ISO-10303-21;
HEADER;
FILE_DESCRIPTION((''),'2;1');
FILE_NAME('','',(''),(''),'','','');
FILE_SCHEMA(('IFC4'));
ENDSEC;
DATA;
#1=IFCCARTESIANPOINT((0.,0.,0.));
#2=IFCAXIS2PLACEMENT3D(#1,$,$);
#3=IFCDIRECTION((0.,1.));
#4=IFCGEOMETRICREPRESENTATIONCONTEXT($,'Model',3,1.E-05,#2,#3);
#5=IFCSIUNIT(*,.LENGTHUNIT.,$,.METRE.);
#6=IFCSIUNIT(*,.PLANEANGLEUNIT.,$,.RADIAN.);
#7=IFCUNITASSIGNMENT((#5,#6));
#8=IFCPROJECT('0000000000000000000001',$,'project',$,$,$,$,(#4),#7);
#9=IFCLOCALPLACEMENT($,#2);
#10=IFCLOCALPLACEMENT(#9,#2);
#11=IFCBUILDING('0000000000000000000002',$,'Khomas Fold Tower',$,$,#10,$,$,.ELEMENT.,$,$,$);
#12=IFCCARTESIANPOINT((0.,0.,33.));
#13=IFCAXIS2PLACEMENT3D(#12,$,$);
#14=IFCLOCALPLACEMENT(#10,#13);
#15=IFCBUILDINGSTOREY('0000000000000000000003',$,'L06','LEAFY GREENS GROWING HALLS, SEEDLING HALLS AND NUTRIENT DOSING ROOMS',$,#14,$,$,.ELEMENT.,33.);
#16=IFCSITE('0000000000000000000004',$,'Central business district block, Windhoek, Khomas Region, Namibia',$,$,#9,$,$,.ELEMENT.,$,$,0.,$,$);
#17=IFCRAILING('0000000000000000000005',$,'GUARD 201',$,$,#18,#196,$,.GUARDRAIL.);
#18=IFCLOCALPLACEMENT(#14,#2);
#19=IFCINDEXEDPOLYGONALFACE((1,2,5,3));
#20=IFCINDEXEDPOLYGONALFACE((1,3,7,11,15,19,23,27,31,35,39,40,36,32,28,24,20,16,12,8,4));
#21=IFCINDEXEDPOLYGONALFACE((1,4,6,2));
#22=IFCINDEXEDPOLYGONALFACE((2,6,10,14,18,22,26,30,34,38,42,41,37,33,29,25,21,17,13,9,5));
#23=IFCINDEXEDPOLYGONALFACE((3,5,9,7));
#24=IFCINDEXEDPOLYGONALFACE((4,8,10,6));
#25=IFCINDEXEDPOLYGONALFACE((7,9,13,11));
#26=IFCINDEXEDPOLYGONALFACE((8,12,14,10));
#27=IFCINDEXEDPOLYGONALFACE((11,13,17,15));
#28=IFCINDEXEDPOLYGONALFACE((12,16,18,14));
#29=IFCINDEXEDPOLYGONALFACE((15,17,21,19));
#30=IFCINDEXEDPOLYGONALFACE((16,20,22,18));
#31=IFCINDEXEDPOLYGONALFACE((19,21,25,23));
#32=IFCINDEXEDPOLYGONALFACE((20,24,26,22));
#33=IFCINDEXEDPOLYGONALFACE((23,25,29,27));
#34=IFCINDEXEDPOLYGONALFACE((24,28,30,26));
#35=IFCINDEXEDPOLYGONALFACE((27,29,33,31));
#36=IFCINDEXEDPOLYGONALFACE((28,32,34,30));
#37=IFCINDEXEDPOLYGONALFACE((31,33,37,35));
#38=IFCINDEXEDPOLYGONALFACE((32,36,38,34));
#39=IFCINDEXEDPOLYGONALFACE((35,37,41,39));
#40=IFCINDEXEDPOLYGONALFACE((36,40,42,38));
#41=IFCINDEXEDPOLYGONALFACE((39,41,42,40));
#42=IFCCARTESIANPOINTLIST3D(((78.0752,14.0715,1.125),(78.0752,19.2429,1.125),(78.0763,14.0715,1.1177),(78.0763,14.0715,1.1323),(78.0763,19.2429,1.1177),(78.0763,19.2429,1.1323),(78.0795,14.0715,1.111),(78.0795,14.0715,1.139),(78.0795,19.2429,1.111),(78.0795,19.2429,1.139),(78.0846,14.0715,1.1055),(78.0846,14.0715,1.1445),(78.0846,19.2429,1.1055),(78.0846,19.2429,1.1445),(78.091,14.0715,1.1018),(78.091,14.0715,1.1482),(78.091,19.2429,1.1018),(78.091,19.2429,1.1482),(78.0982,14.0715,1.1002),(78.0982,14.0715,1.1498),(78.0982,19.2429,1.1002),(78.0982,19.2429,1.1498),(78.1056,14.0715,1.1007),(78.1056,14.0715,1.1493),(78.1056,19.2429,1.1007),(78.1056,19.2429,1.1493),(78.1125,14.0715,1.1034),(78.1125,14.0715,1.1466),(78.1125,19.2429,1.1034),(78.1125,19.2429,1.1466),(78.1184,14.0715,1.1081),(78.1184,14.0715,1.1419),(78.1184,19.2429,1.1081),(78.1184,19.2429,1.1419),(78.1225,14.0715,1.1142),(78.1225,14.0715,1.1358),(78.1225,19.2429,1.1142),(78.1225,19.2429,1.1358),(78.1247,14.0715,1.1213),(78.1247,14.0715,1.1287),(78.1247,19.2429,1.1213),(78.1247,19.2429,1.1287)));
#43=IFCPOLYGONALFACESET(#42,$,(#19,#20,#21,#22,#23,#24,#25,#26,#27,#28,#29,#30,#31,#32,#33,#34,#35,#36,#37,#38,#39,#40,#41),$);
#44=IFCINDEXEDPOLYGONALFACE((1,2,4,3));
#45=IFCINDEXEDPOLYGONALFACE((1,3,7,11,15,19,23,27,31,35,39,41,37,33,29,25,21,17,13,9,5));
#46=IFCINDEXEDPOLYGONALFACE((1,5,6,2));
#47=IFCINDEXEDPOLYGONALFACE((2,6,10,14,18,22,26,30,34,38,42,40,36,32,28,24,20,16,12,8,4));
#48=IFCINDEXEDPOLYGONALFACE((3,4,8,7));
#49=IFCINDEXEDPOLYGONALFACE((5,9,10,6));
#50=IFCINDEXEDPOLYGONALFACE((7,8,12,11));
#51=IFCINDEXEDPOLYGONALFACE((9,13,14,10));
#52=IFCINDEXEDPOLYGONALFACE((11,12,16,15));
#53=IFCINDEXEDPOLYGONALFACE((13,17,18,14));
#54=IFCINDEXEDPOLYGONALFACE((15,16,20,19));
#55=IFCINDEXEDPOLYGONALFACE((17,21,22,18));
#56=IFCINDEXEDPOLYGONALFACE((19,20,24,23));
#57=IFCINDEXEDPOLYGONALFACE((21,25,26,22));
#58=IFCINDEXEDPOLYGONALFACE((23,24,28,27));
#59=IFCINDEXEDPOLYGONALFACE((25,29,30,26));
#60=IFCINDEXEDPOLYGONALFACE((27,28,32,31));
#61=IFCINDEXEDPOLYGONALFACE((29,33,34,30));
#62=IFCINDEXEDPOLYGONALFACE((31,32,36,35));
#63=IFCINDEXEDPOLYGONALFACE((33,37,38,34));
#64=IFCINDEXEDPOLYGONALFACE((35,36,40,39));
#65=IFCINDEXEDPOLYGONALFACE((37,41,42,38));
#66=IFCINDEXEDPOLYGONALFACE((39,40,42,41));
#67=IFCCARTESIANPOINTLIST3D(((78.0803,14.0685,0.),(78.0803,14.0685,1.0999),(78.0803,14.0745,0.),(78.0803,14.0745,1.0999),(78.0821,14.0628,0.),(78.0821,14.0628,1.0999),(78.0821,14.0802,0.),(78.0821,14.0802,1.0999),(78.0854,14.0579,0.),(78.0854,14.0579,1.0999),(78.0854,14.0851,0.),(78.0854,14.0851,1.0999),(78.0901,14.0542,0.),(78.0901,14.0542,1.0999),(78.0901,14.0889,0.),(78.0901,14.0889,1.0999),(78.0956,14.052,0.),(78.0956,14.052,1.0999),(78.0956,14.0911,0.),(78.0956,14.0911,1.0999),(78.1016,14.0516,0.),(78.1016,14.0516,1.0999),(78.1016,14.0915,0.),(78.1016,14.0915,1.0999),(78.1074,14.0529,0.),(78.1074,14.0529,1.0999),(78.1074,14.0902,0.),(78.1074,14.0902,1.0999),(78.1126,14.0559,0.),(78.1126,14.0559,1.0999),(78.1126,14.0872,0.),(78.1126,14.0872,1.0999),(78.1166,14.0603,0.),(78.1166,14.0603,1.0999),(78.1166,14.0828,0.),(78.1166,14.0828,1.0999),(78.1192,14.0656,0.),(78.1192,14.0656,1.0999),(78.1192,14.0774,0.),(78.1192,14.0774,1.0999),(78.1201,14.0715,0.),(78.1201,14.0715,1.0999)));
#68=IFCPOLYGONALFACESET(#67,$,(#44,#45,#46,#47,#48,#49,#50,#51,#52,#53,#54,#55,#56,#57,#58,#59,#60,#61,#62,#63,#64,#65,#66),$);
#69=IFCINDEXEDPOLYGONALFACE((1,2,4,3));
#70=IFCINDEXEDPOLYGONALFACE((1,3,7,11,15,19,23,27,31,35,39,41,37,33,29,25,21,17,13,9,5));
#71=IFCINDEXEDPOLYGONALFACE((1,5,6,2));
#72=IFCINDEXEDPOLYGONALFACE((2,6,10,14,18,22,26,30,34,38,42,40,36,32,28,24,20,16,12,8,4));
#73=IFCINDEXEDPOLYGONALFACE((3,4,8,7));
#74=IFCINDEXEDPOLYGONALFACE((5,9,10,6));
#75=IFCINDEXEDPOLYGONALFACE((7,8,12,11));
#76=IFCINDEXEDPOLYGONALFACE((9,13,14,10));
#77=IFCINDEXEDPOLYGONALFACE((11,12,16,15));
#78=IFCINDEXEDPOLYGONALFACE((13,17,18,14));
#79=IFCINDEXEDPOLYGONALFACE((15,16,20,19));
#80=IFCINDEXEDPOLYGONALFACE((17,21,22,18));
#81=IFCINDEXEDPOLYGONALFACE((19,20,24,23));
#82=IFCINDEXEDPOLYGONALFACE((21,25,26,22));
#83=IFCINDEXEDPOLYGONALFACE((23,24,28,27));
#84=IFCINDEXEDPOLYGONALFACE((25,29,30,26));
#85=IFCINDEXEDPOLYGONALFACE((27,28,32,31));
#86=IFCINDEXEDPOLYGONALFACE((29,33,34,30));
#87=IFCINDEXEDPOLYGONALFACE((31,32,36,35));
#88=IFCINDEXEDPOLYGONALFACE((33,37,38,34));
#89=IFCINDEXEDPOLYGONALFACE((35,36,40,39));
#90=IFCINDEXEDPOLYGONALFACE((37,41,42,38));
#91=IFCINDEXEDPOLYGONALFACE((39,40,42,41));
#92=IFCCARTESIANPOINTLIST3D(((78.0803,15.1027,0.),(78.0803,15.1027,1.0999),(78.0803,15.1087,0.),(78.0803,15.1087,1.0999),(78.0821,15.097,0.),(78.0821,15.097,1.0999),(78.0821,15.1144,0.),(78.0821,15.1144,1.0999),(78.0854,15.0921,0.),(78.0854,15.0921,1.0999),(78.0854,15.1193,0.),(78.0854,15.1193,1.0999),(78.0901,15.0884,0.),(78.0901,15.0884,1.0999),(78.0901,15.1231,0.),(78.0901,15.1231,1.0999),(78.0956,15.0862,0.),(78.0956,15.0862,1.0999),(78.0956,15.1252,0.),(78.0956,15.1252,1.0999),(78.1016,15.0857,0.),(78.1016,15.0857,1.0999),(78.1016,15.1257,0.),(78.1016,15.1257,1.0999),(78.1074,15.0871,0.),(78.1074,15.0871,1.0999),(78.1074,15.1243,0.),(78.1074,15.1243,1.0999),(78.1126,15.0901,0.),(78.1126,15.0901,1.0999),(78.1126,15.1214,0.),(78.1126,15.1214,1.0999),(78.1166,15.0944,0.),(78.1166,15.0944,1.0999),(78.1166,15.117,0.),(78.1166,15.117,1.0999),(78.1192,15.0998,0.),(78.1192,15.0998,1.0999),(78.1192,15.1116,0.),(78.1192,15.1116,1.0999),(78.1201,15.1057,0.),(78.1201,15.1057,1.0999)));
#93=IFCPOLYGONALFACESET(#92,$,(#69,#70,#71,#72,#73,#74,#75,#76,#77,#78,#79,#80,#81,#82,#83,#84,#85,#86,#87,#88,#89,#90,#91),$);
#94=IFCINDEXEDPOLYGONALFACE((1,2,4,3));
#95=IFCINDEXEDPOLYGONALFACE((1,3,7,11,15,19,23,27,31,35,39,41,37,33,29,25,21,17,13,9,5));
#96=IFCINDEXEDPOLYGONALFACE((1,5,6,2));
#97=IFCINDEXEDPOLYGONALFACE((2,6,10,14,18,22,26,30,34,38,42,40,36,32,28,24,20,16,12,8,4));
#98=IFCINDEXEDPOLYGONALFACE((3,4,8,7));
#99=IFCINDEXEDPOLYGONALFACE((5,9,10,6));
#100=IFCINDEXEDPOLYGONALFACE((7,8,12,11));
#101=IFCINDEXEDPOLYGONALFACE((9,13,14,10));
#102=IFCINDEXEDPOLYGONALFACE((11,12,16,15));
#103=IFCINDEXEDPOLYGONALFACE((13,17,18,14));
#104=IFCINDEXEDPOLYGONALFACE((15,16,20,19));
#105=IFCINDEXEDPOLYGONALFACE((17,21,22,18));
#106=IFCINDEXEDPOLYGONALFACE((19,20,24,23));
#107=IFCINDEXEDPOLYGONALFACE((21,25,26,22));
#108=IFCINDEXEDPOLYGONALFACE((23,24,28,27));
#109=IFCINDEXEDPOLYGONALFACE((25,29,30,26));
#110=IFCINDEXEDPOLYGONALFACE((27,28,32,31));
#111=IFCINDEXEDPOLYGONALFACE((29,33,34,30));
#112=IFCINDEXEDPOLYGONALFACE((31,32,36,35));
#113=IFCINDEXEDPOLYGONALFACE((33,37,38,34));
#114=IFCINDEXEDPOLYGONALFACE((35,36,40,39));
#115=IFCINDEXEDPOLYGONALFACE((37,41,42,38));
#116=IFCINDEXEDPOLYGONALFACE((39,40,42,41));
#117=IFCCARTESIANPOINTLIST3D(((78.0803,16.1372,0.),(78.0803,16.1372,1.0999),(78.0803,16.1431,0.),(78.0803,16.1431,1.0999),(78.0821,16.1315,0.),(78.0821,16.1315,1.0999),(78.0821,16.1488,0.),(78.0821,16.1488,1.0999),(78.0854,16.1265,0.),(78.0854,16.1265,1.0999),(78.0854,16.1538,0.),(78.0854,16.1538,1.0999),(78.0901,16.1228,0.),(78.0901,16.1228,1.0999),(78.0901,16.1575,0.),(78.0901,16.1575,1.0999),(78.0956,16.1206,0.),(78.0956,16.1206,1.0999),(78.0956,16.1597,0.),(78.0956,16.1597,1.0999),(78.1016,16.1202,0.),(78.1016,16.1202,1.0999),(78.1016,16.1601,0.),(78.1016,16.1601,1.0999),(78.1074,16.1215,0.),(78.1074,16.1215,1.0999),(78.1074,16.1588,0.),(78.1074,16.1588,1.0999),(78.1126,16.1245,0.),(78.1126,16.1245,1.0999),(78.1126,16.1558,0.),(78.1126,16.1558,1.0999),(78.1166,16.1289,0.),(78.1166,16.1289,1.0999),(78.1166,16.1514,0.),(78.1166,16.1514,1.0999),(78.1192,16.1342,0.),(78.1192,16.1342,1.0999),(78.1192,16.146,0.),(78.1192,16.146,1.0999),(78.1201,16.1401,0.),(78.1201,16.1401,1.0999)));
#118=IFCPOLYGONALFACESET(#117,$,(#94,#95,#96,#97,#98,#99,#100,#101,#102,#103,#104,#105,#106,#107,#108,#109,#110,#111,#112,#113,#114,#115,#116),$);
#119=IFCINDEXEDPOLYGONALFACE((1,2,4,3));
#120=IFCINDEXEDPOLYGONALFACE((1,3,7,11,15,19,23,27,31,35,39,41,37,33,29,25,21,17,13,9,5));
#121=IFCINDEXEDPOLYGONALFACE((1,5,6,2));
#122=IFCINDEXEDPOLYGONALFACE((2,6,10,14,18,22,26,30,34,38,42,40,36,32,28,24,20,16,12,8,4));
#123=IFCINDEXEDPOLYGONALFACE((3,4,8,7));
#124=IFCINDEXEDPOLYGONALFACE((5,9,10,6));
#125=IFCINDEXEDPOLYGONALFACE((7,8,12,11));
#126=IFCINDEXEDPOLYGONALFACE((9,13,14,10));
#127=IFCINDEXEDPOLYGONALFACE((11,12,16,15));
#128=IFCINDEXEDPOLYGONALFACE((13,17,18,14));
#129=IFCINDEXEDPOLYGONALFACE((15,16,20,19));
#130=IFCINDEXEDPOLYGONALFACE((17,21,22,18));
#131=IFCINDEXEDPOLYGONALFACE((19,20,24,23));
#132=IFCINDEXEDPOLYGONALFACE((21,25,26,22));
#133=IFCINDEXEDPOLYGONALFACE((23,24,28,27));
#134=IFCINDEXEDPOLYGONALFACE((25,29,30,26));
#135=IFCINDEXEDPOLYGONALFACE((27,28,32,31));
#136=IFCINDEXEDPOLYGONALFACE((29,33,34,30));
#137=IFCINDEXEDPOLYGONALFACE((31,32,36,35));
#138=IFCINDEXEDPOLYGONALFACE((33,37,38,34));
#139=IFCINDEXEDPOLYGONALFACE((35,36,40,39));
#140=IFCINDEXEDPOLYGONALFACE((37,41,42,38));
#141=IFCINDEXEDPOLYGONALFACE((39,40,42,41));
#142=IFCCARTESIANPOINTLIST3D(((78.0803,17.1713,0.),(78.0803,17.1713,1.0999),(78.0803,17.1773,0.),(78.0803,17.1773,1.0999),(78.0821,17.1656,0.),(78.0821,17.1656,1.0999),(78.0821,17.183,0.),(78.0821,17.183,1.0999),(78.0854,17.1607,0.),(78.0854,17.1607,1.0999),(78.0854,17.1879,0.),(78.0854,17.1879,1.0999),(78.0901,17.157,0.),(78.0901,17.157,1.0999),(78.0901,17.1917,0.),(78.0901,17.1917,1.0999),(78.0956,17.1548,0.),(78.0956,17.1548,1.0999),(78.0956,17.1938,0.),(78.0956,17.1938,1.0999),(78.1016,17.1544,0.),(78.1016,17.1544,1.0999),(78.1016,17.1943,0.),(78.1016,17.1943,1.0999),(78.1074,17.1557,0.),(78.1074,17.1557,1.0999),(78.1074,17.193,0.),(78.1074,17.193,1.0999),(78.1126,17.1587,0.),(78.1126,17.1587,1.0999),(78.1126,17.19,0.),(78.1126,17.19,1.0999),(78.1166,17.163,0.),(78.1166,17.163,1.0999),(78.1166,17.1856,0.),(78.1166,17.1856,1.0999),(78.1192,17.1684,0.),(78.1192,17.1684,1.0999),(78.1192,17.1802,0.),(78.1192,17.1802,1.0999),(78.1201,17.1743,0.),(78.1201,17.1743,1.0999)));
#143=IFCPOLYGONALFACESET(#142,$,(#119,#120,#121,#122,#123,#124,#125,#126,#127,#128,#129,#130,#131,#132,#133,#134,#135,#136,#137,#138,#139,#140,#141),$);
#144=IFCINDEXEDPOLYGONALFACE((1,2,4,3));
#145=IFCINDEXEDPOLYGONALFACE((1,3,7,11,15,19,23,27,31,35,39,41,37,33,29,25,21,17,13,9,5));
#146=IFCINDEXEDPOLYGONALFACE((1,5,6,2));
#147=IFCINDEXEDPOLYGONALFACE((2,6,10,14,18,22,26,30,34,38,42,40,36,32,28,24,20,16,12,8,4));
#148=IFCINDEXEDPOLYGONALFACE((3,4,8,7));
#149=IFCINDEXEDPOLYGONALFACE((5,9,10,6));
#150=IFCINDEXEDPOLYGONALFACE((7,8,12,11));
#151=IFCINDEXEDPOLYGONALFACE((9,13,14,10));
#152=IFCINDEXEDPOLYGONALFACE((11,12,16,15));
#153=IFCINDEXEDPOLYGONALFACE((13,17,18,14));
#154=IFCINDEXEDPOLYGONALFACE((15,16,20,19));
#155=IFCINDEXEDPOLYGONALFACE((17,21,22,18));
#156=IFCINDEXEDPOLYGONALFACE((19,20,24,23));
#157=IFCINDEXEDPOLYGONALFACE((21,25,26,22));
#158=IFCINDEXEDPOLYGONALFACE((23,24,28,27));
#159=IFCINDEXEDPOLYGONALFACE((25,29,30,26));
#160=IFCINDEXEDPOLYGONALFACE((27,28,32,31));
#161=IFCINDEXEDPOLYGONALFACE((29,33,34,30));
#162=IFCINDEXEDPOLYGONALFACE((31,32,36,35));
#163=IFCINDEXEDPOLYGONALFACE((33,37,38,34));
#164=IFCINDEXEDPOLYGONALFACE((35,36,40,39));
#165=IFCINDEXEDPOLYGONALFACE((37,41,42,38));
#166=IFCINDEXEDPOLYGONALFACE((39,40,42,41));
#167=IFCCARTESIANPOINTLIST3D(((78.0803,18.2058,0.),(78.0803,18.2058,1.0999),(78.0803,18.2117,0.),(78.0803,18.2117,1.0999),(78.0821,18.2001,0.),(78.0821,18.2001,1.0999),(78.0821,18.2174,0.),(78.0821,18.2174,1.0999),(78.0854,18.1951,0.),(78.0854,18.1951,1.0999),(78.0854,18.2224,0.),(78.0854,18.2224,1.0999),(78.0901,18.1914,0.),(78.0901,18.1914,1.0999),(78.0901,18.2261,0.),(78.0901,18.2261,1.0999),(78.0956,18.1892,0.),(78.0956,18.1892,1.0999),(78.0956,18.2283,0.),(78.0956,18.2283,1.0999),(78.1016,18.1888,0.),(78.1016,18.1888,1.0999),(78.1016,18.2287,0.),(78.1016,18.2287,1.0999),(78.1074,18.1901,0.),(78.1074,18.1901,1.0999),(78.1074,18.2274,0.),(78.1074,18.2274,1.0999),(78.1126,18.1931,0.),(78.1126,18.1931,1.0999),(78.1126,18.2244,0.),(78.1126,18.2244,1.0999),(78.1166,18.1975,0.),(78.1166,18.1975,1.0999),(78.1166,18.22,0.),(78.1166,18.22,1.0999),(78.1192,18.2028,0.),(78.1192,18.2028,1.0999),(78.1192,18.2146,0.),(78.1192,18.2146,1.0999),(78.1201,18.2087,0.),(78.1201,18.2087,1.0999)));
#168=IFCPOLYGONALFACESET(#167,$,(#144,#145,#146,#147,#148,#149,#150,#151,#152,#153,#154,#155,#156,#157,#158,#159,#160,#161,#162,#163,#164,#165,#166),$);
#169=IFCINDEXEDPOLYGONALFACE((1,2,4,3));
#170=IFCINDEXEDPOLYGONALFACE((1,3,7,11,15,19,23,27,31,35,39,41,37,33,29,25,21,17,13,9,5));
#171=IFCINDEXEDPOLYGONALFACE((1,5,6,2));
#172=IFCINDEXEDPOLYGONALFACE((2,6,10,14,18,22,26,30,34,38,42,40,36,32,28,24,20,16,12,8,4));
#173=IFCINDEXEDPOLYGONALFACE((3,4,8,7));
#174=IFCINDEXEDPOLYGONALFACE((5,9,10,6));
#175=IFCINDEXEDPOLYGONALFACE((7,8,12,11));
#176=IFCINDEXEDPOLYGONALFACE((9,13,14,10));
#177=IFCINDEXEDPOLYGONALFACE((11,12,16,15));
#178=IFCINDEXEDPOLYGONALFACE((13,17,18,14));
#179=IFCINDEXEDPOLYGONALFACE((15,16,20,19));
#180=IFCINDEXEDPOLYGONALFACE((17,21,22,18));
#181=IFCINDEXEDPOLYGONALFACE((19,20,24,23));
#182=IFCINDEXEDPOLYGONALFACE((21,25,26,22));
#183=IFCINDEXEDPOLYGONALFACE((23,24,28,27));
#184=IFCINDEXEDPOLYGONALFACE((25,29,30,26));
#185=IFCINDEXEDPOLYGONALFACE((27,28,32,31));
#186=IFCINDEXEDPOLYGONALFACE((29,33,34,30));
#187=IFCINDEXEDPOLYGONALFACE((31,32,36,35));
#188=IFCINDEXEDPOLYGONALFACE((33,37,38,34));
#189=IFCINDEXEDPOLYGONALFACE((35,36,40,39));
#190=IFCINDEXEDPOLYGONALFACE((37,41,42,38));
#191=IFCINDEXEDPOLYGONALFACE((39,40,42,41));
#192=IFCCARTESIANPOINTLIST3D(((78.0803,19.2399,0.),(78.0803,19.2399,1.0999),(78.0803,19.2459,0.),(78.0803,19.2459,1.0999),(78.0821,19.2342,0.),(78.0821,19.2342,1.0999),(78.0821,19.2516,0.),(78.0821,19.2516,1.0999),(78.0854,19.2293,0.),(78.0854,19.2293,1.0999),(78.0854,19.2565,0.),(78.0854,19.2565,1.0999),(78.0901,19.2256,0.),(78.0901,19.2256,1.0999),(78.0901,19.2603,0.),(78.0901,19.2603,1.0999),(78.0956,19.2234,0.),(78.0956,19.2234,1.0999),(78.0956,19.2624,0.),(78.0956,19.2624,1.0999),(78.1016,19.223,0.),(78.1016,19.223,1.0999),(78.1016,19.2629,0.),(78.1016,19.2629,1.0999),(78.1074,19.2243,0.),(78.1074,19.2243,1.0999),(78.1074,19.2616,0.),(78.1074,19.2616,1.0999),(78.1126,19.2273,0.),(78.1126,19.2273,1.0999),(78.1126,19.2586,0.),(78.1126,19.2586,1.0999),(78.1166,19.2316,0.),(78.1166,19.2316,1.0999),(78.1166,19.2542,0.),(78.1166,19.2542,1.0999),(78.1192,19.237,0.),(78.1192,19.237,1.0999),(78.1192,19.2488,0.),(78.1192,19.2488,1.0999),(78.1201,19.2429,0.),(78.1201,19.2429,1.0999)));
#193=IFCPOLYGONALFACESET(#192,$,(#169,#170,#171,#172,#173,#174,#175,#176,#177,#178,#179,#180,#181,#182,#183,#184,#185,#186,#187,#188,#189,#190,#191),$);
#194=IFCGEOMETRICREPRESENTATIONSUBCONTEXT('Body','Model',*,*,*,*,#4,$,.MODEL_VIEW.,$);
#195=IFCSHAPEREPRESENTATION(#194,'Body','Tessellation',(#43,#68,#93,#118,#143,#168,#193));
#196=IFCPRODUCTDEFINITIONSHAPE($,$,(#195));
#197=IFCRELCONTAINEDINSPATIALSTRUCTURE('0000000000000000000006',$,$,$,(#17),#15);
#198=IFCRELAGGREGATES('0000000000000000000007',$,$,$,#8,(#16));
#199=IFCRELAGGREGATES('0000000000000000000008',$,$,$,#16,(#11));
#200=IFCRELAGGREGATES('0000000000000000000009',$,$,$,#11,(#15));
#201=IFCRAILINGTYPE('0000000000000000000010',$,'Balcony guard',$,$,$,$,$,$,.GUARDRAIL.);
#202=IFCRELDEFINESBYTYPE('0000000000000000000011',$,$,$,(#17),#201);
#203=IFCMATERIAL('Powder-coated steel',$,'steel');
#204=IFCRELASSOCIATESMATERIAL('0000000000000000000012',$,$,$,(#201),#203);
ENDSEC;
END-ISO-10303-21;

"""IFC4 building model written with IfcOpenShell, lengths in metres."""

from ifc_helpers import new_model, si_unit, direction, frame, origin, origin_2d, place, context, subcontext, project, spatial, circle, extrude, source, transform, mapped, material, type_object, element, save


model = new_model("IFC4")

# Units and contexts
model_context = context("Model", 3, precision=1e-05, world=origin(), true_north=direction((0.0, 1.0)))
body_context = subcontext(model_context, "Body", "Model", "MODEL_VIEW")
ifc_project = project(units=[si_unit("LENGTHUNIT", "METRE"), si_unit("PLANEANGLEUNIT", "RADIAN")], contexts=[model_context])

# Site, building, storey
site_placement = place(None, origin())
site = spatial("IfcSite", under=ifc_project, at=site_placement, Name="Central business district block, Windhoek, Khomas Region, Namibia", CompositionType="ELEMENT", RefElevation=0.0)
building_placement = place(site_placement, origin())
building = spatial("IfcBuilding", under=site, at=building_placement, Name="Khomas Fold Tower", CompositionType="ELEMENT")
storey_placement = place(building_placement, frame((0.0, 0.0, 33.0)))
storey = spatial("IfcBuildingStorey", under=building, at=storey_placement, Name="L06", Description="LEAFY GREENS GROWING HALLS, SEEDLING HALLS AND NUTRIENT DOSING ROOMS", CompositionType="ELEMENT", Elevation=33.0)

# Railing
ifc_material_1 = material(Name="Powder-coated steel", Category="steel")
railing_type = type_object("IfcRailingType", Name="Balcony guard", PredefinedType="GUARDRAIL", material=ifc_material_1)
shared_shape_1 = source(origin(), body_context, "Body", "SweptSolid", [
    extrude(circle(Radius=0.0249, at=origin_2d()), frame((0.0, 0.0, 1.125), z_axis=(0.0, 1.0, 0.0), x_axis=(-1.0, 0.0, 0.0)), (0.0, 0.0, 1.0), 5.1714),
    extrude(circle(Radius=0.02, at=origin_2d()), origin(), (0.0, 0.0, 1.0), 1.0999),
    extrude(circle(Radius=0.02, at=origin_2d()), frame((0.0, 1.0342, 0.0)), (0.0, 0.0, 1.0), 1.0999),
    extrude(circle(Radius=0.02, at=origin_2d()), frame((0.0, 2.0686, 0.0)), (0.0, 0.0, 1.0), 1.0999),
    extrude(circle(Radius=0.02, at=origin_2d()), frame((0.0, 3.1028, 0.0)), (0.0, 0.0, 1.0), 1.0999),
    extrude(circle(Radius=0.02, at=origin_2d()), frame((0.0, 4.1372, 0.0)), (0.0, 0.0, 1.0), 1.0999),
    extrude(circle(Radius=0.02, at=origin_2d()), frame((0.0, 5.1714, 0.0)), (0.0, 0.0, 1.0), 1.0999),
])
for number, where, name in (
    (1, (78.1001, 14.0715, 0.0), "GUARD 201"),
):
    element("IfcRailing", number, at=place(storey_placement, frame(where)), inside=storey, type_object=railing_type, Name=name, PredefinedType="GUARDRAIL", context=body_context, shape_type="MappedRepresentation", body=[
        mapped(shared_shape_1, transform((0.0, 0.0, 0.0))),
    ])

save(model, "model.ifc")
